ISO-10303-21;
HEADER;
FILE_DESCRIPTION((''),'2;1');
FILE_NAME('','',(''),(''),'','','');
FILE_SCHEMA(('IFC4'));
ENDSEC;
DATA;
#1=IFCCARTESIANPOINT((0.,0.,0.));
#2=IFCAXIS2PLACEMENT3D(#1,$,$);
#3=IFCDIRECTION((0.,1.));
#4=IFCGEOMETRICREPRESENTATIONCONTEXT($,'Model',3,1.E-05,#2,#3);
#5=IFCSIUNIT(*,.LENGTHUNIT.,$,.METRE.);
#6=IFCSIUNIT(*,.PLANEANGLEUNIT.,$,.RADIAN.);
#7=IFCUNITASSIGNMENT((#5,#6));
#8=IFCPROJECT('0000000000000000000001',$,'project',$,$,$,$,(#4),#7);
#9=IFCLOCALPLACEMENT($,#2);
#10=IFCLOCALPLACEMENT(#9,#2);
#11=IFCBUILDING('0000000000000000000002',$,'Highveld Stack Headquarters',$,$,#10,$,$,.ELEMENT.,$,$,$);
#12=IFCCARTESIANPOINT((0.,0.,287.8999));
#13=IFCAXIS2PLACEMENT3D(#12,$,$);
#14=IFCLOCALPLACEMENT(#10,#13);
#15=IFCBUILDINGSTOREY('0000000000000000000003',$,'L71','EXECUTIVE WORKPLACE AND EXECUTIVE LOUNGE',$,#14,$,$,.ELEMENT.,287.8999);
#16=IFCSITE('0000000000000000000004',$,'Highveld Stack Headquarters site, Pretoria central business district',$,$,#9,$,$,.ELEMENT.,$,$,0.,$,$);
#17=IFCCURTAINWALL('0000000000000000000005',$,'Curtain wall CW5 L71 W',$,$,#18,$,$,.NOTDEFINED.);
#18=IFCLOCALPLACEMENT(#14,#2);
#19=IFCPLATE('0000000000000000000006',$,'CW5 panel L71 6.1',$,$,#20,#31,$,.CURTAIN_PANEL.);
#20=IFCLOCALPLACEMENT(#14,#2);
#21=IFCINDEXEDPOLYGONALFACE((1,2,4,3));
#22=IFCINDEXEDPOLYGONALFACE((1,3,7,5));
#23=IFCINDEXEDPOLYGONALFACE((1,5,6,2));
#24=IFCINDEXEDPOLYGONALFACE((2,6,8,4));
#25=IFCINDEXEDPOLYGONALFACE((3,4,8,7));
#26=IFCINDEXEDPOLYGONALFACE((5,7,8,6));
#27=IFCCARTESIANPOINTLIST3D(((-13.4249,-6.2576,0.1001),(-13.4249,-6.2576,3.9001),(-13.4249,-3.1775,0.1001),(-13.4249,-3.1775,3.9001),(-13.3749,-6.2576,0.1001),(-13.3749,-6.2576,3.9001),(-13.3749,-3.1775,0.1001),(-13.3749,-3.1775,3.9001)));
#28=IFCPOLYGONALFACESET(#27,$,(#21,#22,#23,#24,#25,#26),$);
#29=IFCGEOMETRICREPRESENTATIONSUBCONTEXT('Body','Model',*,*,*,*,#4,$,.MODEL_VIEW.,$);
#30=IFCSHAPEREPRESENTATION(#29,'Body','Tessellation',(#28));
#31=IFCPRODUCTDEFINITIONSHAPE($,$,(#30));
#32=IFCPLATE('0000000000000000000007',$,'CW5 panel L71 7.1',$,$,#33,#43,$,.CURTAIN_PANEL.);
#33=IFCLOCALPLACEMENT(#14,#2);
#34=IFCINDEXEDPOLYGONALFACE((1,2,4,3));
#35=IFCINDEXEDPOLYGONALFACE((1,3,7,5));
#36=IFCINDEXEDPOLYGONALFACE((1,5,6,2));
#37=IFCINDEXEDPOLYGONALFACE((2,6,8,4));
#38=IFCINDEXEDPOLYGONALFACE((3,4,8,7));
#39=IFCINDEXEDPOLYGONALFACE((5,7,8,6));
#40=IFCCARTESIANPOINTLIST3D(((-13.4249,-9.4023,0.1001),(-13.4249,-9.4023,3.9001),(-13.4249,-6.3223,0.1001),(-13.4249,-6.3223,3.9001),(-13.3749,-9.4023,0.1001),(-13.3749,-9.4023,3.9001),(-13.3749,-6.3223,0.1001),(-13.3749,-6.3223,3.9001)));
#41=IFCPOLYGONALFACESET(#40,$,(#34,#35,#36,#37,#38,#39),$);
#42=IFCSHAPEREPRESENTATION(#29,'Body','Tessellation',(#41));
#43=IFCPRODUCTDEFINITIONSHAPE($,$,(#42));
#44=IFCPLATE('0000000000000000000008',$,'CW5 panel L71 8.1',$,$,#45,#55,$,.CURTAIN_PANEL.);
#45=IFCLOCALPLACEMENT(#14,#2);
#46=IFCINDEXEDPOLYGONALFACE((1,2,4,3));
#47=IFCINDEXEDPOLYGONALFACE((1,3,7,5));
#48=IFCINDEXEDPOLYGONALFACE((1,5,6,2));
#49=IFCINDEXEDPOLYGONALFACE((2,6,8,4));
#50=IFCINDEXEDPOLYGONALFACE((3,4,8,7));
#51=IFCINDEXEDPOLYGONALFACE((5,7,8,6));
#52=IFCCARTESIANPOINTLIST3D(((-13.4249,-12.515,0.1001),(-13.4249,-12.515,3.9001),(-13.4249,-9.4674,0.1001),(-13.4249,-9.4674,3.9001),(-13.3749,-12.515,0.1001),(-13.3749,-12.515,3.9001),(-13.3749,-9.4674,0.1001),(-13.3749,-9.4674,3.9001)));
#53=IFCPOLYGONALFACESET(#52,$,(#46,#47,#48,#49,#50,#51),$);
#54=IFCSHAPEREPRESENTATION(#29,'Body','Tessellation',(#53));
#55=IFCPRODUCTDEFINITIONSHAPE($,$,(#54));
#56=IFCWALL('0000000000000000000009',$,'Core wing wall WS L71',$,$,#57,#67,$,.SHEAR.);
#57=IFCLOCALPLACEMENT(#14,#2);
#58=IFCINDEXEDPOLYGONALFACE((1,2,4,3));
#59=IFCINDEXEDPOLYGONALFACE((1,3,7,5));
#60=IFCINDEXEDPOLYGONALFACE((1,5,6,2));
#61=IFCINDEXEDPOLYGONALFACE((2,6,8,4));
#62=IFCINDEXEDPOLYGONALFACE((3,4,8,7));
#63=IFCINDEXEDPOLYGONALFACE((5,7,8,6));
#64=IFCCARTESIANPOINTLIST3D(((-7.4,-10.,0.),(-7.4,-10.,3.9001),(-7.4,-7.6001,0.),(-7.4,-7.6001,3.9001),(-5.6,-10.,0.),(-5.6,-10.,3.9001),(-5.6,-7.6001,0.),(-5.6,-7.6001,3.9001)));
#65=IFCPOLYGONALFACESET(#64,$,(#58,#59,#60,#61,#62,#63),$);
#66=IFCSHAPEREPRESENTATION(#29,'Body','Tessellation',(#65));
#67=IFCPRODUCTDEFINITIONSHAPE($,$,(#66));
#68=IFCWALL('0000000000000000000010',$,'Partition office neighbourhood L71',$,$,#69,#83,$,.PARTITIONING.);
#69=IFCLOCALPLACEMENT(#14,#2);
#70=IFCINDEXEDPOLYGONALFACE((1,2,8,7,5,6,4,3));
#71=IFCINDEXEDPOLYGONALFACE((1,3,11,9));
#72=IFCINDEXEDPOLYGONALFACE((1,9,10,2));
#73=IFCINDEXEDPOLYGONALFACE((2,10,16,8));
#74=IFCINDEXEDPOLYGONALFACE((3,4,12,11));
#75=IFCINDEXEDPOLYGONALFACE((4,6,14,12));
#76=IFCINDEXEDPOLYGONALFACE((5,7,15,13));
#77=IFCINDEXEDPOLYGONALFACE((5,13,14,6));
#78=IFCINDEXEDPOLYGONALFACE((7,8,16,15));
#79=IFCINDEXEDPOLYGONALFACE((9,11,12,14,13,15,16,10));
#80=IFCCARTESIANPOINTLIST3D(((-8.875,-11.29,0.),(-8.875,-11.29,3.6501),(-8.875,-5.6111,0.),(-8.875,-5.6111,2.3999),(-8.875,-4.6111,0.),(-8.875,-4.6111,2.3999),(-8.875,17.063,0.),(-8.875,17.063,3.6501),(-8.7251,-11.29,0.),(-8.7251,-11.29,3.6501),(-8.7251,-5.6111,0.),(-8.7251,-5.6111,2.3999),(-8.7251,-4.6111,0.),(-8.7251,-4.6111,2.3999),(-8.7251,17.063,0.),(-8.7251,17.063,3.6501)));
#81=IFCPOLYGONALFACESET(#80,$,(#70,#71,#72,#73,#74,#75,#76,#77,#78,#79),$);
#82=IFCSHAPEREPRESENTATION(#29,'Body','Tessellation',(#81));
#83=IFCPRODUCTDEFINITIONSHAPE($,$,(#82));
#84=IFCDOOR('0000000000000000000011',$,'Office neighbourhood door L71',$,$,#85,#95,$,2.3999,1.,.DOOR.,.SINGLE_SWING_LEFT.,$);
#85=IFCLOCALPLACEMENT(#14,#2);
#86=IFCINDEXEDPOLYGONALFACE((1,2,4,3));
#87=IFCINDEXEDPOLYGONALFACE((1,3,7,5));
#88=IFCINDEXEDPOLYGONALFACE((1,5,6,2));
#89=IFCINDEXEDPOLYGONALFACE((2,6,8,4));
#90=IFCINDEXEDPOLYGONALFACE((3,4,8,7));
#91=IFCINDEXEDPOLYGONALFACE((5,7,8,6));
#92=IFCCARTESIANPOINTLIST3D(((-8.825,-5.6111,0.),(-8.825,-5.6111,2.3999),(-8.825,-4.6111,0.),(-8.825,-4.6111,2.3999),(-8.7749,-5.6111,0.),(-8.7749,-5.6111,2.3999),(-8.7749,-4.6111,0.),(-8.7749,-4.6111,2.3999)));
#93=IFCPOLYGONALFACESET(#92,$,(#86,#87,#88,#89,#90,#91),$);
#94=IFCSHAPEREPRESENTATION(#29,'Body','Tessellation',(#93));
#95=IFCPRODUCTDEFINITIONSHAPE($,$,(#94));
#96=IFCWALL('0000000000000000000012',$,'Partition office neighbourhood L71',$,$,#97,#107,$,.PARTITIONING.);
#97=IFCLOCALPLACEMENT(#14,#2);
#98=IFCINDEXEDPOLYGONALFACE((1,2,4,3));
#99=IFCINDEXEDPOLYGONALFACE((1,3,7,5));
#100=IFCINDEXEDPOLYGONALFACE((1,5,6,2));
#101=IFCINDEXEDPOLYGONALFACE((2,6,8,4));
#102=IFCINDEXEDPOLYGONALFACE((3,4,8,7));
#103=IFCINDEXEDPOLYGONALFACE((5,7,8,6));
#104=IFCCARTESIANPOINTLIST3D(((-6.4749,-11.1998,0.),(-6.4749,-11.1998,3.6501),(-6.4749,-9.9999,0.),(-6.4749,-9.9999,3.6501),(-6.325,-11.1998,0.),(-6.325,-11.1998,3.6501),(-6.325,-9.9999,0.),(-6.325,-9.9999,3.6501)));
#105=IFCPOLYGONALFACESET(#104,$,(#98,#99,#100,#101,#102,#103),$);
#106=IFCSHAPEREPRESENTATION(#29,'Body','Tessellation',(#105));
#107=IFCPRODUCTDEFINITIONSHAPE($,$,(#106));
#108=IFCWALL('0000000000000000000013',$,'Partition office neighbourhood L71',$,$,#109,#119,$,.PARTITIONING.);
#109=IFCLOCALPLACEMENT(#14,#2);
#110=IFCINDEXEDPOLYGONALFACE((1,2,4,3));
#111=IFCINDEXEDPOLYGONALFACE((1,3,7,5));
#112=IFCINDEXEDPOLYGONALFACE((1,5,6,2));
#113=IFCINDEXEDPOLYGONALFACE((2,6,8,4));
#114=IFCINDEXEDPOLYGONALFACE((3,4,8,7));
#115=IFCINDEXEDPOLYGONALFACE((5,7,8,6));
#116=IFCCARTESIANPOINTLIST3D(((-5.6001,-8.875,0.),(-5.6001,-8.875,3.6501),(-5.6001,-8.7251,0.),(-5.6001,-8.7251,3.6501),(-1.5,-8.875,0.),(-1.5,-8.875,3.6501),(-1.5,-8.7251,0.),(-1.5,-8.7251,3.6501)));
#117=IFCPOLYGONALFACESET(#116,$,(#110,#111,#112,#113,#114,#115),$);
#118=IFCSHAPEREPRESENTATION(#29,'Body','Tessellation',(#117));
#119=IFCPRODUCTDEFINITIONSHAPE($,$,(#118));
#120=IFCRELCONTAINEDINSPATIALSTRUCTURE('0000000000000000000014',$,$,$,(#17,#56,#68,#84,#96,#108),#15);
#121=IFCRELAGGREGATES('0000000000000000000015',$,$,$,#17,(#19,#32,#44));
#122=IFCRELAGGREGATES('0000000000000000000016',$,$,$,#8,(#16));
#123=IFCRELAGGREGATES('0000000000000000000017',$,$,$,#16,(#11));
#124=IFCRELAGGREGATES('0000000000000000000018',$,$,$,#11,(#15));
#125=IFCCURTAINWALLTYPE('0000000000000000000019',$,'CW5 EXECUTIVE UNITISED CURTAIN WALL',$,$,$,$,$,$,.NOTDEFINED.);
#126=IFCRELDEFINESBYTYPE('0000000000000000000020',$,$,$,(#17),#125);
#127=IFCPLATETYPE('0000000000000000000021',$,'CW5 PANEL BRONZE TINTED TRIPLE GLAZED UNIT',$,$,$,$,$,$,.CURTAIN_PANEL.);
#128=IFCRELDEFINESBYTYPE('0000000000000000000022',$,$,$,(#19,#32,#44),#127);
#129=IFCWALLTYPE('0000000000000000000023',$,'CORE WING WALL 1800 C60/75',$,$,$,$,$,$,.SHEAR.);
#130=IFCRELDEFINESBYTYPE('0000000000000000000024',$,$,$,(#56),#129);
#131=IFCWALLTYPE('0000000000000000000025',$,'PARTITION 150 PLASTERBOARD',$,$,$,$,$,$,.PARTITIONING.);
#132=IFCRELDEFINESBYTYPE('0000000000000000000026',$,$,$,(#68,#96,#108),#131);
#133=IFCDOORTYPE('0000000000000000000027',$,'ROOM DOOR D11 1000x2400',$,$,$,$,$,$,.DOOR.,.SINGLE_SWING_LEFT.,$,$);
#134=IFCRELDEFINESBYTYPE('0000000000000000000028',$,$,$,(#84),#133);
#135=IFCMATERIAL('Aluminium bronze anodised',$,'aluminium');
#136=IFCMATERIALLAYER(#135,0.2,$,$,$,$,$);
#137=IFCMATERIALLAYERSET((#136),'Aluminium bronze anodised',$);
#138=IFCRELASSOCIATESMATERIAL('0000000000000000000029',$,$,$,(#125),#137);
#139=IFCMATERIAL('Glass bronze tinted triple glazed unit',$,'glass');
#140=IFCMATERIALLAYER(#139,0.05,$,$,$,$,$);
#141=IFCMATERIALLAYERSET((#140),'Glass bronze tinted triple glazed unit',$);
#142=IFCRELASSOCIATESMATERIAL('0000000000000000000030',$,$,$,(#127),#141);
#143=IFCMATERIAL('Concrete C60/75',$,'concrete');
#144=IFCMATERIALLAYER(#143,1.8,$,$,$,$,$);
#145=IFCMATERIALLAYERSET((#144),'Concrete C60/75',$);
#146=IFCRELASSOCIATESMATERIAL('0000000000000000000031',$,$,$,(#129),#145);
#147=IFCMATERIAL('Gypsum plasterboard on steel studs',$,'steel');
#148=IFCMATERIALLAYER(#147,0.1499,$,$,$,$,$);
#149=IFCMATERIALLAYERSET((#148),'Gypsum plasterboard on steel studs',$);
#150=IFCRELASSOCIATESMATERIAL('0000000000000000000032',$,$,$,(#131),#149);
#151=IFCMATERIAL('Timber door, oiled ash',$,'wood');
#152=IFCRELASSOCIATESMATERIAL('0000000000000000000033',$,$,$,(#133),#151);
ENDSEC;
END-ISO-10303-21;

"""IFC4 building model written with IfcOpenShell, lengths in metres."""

from ifc_helpers import new_model, si_unit, direction, frame, frame_2d, origin, origin_2d, place, context, subcontext, project, spatial, rectangle, extrude, material, layer, layer_set, type_object, element, fill, aggregate, save


model = new_model("IFC4")

# Units and contexts
model_context = context("Model", 3, precision=1e-05, world=origin(), true_north=direction((0.0, 1.0)))
body_context = subcontext(model_context, "Body", "Model", "MODEL_VIEW")
ifc_project = project(units=[si_unit("LENGTHUNIT", "METRE"), si_unit("PLANEANGLEUNIT", "RADIAN")], contexts=[model_context])

# Site, building, storey
site_placement = place(None, origin())
site = spatial("IfcSite", under=ifc_project, at=site_placement, Name="Highveld Stack Headquarters site, Pretoria central business district", CompositionType="ELEMENT", RefElevation=0.0)
building_placement = place(site_placement, origin())
building = spatial("IfcBuilding", under=site, at=building_placement, Name="Highveld Stack Headquarters", CompositionType="ELEMENT")
storey_placement = place(building_placement, frame((0.0, 0.0, 287.8999)))
storey = spatial("IfcBuildingStorey", under=building, at=storey_placement, Name="L71", Description="EXECUTIVE WORKPLACE AND EXECUTIVE LOUNGE", CompositionType="ELEMENT", Elevation=287.8999)

# Curtain wall
ifc_material_1 = material(Name="Aluminium bronze anodised", Category="aluminium")
ifc_layer_1 = layer(ifc_material_1, 0.2)
ifc_layer_set_1 = layer_set([ifc_layer_1], Name="Aluminium bronze anodised")
curtain_wall_type = type_object("IfcCurtainWallType", Name="CW5 EXECUTIVE UNITISED CURTAIN WALL", PredefinedType="NOTDEFINED", material=ifc_layer_set_1)
curtain_wall_placement = place(storey_placement, origin())
curtain_wall = element("IfcCurtainWall", 1, at=curtain_wall_placement, inside=storey, type_object=curtain_wall_type, Name="Curtain wall CW5 L71 W", PredefinedType="NOTDEFINED")

# Plates
ifc_material_2 = material(Name="Glass bronze tinted triple glazed unit", Category="glass")
ifc_layer_2 = layer(ifc_material_2, 0.05)
ifc_layer_set_2 = layer_set([ifc_layer_2], Name="Glass bronze tinted triple glazed unit")
plate_type = type_object("IfcPlateType", Name="CW5 PANEL BRONZE TINTED TRIPLE GLAZED UNIT", PredefinedType="CURTAIN_PANEL", material=ifc_layer_set_2)
plate_1_placement = place(storey_placement, frame((-13.3999, -4.7175, 0.1001), z_axis=(0.0, 0.0, 1.0), x_axis=(0.0, -1.0, 0.0)))
plate_1 = element("IfcPlate", 2, at=plate_1_placement, type_object=plate_type, Name="CW5 panel L71 6.1", PredefinedType="CURTAIN_PANEL", context=body_context, shape_type="SweptSolid", body=[
    extrude(rectangle(XDim=3.0801, YDim=0.05, at=origin_2d()), origin(), (0.0, 0.0, 1.0), 3.8),
])
plate_2_placement = place(storey_placement, frame((-13.3999, -7.8623, 0.1001), z_axis=(0.0, 0.0, 1.0), x_axis=(0.0, -1.0, 0.0)))
plate_2 = element("IfcPlate", 3, at=plate_2_placement, type_object=plate_type, Name="CW5 panel L71 7.1", PredefinedType="CURTAIN_PANEL", context=body_context, shape_type="SweptSolid", body=[
    extrude(rectangle(XDim=3.0801, YDim=0.05, at=origin_2d()), origin(), (0.0, 0.0, 1.0), 3.8),
])
plate_3_placement = place(storey_placement, frame((-13.3999, -10.9912, 0.1001), z_axis=(0.0, 0.0, 1.0), x_axis=(0.0, -1.0, 0.0)))
plate_3 = element("IfcPlate", 4, at=plate_3_placement, type_object=plate_type, Name="CW5 panel L71 8.1", PredefinedType="CURTAIN_PANEL", context=body_context, shape_type="SweptSolid", body=[
    extrude(rectangle(XDim=3.0476, YDim=0.05, at=origin_2d()), origin(), (0.0, 0.0, 1.0), 3.8),
])
aggregate(curtain_wall, [plate_1, plate_2, plate_3])

# Wall
ifc_material_3 = material(Name="Concrete C60/75", Category="concrete")
ifc_layer_3 = layer(ifc_material_3, 1.8)
ifc_layer_set_3 = layer_set([ifc_layer_3], Name="Concrete C60/75")
wall_type_1 = type_object("IfcWallType", Name="CORE WING WALL 1800 C60/75", PredefinedType="SHEAR", material=ifc_layer_set_3)
wall_1_placement = place(storey_placement, frame((-6.5, -10.0, 0.0), z_axis=(0.0, 0.0, 1.0), x_axis=(0.0, 1.0, 0.0)))
element("IfcWall", 5, at=wall_1_placement, inside=storey, type_object=wall_type_1, Name="Core wing wall WS L71", PredefinedType="SHEAR", context=body_context, shape_type="SweptSolid", body=[
    extrude(rectangle(XDim=2.3999, YDim=1.8, at=frame_2d((1.2, 0.0))), origin(), (0.0, 0.0, 1.0), 3.9001),
])

# Wall, opening, door
ifc_material_4 = material(Name="Gypsum plasterboard on steel studs", Category="steel")
ifc_layer_4 = layer(ifc_material_4, 0.1499)
ifc_layer_set_4 = layer_set([ifc_layer_4], Name="Gypsum plasterboard on steel studs")
wall_type_2 = type_object("IfcWallType", Name="PARTITION 150 PLASTERBOARD", PredefinedType="PARTITIONING", material=ifc_layer_set_4)
wall_2_placement = place(storey_placement, frame((-8.8, -11.29, 0.0), z_axis=(0.0, 0.0, 1.0), x_axis=(0.0, 1.0, 0.0)))
wall_2 = element("IfcWall", 6, at=wall_2_placement, inside=storey, type_object=wall_type_2, Name="Partition office neighbourhood L71", PredefinedType="PARTITIONING", context=body_context, shape_type="SweptSolid", body=[
    extrude(rectangle(XDim=28.353, YDim=0.1499, at=frame_2d((14.1765, 0.0))), origin(), (0.0, 0.0, 1.0), 3.6501),
])
opening_1_placement = place(wall_2_placement, frame((5.679, 0.0, 0.0)))
opening_1 = element("IfcOpeningElement", 7, at=opening_1_placement, cuts=wall_2, PredefinedType="OPENING", context=body_context, shape_type="SweptSolid", body=[
    extrude(rectangle(XDim=1.0, YDim=2.3999, at=frame_2d((0.5, 1.2))), frame((0.0, 0.085, 0.0), z_axis=(0.0, -1.0, 0.0), x_axis=(1.0, 0.0, 0.0)), (0.0, 0.0, 1.0), 0.1699),
])
ifc_material_5 = material(Name="Timber door, oiled ash", Category="wood")
door_type_1 = type_object("IfcDoorType", Name="ROOM DOOR D11 1000x2400", OperationType="SINGLE_SWING_LEFT", PredefinedType="DOOR", material=ifc_material_5)
door_1_placement = place(opening_1_placement, origin())
door_1 = element("IfcDoor", 8, at=door_1_placement, inside=storey, type_object=door_type_1, Name="Office neighbourhood door L71", OperationType="SINGLE_SWING_LEFT", OverallHeight=2.3999, OverallWidth=1.0, PredefinedType="DOOR", context=body_context, shape_type="SweptSolid", body=[
    extrude(rectangle(XDim=1.0, YDim=2.3999, at=frame_2d((0.5, 1.2))), frame((0.0, 0.0249, 0.0), z_axis=(0.0, -1.0, 0.0), x_axis=(1.0, 0.0, 0.0)), (0.0, 0.0, 1.0), 0.05),
])
fill(opening_1, door_1)

# Walls
wall_3_placement = place(storey_placement, frame((-6.3999, -11.2, 0.0), z_axis=(0.0, 0.0, 1.0), x_axis=(0.0, 1.0, 0.0)))
element("IfcWall", 9, at=wall_3_placement, inside=storey, type_object=wall_type_2, Name="Partition office neighbourhood L71", PredefinedType="PARTITIONING", context=body_context, shape_type="SweptSolid", body=[
    extrude(rectangle(XDim=1.2, YDim=0.1499, at=frame_2d((0.6001, 0.0))), origin(), (0.0, 0.0, 1.0), 3.6501),
])
wall_4_placement = place(storey_placement, frame((-5.6001, -8.8, 0.0), z_axis=(0.0, 0.0, 1.0), x_axis=(1.0, 0.0, 0.0)))
element("IfcWall", 10, at=wall_4_placement, inside=storey, type_object=wall_type_2, Name="Partition office neighbourhood L71", PredefinedType="PARTITIONING", context=body_context, shape_type="SweptSolid", body=[
    extrude(rectangle(XDim=4.1001, YDim=0.1499, at=frame_2d((2.05, 0.0))), origin(), (0.0, 0.0, 1.0), 3.6501),
])

save(model, "model.ifc")
